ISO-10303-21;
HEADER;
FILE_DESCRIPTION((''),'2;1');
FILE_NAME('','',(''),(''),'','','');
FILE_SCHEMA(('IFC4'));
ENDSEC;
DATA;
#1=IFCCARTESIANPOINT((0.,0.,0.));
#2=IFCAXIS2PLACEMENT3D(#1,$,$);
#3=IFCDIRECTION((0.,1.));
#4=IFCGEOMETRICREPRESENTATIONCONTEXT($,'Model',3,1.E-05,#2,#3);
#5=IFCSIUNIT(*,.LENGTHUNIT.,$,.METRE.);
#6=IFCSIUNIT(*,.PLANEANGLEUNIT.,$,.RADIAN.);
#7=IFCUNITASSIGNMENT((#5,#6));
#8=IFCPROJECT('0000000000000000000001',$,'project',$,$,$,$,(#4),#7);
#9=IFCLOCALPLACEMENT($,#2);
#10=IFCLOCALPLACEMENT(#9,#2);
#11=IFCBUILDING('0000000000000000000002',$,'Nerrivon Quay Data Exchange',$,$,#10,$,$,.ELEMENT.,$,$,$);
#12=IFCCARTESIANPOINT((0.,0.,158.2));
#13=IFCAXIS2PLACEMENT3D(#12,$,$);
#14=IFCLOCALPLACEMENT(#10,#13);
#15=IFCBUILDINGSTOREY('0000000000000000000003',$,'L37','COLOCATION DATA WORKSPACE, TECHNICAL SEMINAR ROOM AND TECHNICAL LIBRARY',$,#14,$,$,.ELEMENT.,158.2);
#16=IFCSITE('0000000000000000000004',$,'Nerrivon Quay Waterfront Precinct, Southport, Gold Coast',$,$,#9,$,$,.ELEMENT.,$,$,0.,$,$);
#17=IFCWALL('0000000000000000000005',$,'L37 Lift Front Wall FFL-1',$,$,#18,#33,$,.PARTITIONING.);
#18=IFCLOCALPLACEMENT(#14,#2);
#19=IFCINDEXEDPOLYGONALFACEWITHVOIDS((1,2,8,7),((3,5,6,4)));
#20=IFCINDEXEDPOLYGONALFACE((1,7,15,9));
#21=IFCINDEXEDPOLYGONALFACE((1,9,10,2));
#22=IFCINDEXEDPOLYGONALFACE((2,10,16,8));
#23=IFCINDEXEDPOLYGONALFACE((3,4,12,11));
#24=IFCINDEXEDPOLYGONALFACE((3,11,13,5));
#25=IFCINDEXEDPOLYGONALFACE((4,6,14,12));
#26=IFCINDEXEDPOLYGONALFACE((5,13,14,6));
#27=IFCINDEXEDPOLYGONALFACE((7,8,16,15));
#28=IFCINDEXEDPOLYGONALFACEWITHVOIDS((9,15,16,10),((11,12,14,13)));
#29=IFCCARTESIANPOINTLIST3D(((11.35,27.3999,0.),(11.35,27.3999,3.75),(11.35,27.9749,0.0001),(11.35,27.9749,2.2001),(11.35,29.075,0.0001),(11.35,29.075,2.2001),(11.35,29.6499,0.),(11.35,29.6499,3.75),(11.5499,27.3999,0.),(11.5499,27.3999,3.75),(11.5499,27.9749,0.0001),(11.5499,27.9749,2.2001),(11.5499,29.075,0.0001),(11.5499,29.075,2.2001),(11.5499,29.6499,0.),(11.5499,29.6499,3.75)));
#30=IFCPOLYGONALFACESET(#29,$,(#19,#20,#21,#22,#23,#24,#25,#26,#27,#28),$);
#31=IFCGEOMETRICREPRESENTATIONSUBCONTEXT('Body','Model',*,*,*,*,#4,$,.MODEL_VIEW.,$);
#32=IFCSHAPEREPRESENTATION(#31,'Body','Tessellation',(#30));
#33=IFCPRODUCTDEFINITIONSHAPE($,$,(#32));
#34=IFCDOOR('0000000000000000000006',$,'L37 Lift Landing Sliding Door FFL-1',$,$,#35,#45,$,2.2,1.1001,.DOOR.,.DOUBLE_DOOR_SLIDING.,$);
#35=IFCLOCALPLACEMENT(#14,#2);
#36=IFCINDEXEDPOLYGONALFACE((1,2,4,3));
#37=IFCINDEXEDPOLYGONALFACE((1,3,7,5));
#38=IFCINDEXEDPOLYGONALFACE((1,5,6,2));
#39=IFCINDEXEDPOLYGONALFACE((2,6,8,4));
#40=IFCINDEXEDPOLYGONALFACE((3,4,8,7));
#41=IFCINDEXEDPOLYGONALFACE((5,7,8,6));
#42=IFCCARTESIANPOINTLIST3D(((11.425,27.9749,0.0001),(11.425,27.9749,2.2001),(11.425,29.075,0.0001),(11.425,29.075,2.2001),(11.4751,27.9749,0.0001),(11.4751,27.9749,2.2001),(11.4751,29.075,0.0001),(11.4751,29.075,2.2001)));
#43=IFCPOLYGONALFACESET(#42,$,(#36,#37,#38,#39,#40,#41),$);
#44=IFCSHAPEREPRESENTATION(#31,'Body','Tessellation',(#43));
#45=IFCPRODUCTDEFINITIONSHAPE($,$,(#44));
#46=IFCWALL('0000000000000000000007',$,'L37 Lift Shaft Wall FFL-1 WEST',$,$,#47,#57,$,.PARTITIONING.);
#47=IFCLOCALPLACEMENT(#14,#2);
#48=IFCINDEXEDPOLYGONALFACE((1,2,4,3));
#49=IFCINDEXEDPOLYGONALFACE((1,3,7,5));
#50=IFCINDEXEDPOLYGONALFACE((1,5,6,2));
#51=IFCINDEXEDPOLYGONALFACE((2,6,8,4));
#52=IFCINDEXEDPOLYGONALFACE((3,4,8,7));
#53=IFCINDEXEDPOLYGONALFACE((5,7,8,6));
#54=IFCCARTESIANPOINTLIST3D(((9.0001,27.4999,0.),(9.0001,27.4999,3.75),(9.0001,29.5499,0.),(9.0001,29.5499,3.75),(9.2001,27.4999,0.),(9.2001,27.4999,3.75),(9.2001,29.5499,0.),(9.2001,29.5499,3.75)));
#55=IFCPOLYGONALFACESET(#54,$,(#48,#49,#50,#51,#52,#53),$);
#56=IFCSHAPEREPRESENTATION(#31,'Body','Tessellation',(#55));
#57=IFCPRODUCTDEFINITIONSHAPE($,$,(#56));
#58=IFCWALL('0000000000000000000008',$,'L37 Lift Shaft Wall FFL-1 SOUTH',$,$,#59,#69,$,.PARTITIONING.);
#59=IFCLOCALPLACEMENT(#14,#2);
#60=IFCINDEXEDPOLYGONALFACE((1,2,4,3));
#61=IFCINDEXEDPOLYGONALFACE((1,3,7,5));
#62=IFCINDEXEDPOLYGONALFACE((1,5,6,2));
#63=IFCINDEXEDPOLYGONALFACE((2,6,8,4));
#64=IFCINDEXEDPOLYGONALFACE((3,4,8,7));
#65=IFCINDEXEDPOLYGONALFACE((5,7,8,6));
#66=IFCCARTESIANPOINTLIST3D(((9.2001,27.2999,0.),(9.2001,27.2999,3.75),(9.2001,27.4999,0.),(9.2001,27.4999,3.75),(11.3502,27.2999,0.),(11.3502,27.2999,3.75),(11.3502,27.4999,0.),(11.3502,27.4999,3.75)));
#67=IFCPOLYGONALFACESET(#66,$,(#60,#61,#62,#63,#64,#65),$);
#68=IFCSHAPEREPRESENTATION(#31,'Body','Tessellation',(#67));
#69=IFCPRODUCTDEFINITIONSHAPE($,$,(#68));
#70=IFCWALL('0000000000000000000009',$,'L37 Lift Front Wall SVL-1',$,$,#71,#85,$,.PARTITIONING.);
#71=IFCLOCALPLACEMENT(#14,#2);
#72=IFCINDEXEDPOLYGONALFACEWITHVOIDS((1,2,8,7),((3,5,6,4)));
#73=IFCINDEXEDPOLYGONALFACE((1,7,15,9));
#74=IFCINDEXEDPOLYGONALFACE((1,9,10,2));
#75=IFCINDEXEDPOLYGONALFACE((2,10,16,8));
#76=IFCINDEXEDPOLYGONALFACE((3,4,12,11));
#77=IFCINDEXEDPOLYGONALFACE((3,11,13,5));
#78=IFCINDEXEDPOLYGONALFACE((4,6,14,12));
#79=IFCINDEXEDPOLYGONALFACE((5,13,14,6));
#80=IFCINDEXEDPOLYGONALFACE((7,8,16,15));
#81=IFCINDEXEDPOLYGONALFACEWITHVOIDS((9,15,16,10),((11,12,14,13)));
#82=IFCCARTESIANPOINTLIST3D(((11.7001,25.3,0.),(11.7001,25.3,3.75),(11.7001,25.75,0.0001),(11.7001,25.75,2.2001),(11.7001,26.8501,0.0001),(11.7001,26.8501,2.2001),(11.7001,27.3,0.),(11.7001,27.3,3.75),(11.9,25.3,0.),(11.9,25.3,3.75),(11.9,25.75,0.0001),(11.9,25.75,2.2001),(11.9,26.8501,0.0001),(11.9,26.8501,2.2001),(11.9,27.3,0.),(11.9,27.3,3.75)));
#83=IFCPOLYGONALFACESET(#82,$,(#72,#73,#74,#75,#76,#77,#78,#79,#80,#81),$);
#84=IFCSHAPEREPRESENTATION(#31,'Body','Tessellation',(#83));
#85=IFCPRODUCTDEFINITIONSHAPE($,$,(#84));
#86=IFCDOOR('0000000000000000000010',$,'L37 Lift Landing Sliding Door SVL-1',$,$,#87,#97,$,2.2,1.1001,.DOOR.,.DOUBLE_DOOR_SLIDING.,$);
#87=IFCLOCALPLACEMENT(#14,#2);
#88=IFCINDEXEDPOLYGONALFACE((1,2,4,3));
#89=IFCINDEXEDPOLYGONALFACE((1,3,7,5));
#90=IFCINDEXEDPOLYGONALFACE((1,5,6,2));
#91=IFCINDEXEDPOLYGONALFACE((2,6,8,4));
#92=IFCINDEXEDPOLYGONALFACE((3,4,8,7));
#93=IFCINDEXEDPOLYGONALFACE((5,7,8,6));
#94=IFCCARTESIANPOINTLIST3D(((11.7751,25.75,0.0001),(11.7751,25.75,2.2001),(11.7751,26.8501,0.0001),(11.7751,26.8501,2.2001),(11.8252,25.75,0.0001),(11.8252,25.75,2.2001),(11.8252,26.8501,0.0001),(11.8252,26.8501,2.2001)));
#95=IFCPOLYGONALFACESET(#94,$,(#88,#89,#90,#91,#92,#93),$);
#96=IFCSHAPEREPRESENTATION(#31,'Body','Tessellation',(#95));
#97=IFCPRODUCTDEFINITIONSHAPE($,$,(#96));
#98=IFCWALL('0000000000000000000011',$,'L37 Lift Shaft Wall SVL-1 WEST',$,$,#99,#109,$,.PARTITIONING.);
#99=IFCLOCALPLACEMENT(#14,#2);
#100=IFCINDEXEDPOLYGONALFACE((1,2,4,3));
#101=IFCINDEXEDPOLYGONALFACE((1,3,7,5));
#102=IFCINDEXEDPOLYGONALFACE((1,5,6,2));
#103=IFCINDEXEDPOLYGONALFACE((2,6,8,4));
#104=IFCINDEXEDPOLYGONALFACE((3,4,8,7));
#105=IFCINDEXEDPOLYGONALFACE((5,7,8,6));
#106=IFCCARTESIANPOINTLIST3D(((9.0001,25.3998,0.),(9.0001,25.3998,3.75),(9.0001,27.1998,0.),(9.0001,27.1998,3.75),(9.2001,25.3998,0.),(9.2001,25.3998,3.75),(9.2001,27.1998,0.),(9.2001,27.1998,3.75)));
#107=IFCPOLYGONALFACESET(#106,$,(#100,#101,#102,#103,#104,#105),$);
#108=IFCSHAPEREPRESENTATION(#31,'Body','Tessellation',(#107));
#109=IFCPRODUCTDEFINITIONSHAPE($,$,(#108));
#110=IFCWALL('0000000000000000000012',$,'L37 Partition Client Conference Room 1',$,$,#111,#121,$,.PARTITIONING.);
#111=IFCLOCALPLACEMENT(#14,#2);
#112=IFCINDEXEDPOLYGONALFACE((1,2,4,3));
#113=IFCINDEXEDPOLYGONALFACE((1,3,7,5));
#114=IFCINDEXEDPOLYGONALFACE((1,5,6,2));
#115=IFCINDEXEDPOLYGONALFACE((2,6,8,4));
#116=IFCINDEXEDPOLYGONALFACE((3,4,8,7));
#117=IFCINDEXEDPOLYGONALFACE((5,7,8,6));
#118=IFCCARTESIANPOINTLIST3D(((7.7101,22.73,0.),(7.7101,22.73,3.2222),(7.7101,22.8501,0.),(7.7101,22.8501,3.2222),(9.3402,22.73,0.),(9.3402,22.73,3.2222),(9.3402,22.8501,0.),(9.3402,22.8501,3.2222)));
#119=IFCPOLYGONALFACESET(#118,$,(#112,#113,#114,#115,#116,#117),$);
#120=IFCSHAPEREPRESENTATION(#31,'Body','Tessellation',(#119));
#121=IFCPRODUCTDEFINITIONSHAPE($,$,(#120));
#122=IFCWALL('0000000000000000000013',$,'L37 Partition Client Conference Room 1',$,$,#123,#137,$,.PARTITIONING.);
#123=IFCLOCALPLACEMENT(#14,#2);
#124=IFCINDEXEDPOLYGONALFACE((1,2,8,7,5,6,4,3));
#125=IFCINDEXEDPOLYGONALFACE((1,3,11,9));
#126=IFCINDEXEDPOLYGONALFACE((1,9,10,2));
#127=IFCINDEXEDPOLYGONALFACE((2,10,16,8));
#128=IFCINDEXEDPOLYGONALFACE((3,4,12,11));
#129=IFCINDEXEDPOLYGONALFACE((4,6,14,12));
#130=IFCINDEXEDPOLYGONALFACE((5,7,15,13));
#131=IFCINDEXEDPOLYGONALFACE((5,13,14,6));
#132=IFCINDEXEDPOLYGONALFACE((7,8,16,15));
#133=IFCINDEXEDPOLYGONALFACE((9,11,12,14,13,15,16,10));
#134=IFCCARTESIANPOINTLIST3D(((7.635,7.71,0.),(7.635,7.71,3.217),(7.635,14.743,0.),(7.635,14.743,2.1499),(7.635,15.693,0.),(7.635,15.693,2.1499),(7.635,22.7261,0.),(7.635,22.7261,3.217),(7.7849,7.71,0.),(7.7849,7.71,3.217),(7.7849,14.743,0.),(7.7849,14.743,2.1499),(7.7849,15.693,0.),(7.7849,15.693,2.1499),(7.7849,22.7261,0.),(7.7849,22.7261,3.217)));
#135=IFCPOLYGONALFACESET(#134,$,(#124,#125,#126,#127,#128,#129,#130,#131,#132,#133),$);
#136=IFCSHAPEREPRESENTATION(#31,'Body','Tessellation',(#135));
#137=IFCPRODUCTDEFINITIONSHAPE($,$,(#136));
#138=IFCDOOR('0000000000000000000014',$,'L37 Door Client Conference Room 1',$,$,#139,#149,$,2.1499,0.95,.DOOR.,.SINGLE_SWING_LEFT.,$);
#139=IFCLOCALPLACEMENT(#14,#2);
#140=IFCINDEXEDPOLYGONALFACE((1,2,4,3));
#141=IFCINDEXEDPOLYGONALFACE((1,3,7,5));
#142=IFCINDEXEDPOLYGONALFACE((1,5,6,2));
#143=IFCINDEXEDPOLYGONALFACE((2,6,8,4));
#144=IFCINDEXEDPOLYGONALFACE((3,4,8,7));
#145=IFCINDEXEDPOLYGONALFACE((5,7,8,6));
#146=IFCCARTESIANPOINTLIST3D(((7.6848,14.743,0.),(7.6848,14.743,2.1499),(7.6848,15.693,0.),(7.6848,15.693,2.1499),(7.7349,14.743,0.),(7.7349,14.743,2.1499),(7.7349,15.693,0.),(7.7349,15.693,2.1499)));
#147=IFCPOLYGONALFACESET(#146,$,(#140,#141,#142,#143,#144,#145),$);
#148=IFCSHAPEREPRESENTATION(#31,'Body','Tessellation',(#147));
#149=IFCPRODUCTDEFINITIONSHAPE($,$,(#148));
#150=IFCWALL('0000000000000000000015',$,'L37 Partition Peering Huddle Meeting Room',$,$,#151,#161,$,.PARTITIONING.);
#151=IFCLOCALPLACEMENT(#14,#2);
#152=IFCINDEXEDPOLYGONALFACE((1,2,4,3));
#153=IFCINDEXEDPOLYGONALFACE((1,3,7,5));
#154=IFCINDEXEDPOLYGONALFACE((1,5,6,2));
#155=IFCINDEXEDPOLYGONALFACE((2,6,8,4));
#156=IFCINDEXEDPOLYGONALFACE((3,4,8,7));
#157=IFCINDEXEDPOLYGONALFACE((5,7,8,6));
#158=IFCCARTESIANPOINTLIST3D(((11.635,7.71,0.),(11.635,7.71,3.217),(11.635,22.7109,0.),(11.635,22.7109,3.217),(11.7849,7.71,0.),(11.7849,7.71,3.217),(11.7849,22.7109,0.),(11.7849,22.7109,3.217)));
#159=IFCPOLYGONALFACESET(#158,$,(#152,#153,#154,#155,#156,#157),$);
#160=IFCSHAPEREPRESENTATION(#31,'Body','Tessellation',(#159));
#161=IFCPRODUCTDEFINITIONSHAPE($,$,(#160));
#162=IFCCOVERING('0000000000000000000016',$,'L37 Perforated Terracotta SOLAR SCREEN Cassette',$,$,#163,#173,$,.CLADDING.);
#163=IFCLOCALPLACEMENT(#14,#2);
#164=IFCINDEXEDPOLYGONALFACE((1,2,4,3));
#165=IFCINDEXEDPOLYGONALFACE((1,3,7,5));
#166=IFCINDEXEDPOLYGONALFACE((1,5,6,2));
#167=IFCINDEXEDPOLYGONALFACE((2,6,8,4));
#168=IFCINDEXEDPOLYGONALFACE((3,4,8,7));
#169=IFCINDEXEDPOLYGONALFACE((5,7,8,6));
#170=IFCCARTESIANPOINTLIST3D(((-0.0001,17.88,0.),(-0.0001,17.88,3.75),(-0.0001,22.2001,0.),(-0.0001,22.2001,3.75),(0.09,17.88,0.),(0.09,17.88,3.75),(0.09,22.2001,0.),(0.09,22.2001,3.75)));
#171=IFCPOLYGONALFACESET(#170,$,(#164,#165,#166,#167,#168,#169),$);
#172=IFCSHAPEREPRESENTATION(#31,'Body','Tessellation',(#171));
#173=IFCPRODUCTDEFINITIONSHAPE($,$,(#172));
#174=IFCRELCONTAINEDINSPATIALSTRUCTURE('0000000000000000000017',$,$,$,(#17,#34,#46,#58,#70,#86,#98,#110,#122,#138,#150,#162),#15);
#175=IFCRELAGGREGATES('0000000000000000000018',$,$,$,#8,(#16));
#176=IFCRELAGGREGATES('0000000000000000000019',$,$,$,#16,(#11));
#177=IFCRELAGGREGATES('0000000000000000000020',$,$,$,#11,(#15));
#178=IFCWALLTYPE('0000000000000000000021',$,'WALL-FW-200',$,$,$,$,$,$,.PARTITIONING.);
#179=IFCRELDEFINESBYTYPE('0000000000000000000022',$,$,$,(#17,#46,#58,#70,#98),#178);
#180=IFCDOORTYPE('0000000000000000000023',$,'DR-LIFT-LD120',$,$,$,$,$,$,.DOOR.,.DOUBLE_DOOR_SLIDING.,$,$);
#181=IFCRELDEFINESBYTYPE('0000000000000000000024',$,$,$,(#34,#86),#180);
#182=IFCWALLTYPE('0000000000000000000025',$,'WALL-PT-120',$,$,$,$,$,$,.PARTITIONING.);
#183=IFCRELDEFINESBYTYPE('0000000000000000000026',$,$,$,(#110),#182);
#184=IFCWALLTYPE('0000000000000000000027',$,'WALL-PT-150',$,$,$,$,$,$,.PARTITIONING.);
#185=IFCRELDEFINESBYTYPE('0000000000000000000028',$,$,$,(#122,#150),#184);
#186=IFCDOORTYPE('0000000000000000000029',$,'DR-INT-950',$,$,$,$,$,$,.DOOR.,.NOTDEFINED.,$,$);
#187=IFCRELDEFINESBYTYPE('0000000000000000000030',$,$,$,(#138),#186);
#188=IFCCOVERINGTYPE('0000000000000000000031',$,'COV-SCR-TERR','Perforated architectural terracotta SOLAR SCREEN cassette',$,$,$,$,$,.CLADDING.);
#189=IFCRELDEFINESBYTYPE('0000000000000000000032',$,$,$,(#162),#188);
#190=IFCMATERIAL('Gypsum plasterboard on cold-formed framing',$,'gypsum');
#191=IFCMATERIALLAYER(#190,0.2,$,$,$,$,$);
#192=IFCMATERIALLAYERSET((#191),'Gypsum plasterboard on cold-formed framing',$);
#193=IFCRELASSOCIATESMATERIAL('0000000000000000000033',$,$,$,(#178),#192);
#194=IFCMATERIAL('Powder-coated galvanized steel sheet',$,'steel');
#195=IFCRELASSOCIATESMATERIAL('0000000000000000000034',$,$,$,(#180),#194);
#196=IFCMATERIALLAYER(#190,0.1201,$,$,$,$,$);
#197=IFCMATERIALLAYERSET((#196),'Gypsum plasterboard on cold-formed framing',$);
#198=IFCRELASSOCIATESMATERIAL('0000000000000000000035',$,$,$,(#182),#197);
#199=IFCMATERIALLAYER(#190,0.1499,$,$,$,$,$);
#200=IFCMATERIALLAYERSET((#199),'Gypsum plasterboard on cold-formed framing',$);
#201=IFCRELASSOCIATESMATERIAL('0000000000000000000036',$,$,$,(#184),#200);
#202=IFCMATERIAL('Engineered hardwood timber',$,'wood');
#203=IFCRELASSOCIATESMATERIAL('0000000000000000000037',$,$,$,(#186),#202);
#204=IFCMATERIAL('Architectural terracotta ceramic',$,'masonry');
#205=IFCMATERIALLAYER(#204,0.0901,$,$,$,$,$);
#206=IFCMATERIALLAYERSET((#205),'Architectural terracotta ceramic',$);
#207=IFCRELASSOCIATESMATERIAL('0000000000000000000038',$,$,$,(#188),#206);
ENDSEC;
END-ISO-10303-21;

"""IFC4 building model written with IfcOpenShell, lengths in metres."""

from ifc_helpers import new_model, si_unit, direction, frame, frame_2d, origin, origin_2d, place, context, subcontext, project, spatial, rectangle, extrude, material, layer, layer_set, type_object, element, fill, save


model = new_model("IFC4")

# Units and contexts
model_context = context("Model", 3, precision=1e-05, world=origin(), true_north=direction((0.0, 1.0)))
body_context = subcontext(model_context, "Body", "Model", "MODEL_VIEW")
ifc_project = project(units=[si_unit("LENGTHUNIT", "METRE"), si_unit("PLANEANGLEUNIT", "RADIAN")], contexts=[model_context])

# Site, building, storey
site_placement = place(None, origin())
site = spatial("IfcSite", under=ifc_project, at=site_placement, Name="Nerrivon Quay Waterfront Precinct, Southport, Gold Coast", CompositionType="ELEMENT", RefElevation=0.0)
building_placement = place(site_placement, origin())
building = spatial("IfcBuilding", under=site, at=building_placement, Name="Nerrivon Quay Data Exchange", CompositionType="ELEMENT")
storey_placement = place(building_placement, frame((0.0, 0.0, 158.2)))
storey = spatial("IfcBuildingStorey", under=building, at=storey_placement, Name="L37", Description="COLOCATION DATA WORKSPACE, TECHNICAL SEMINAR ROOM AND TECHNICAL LIBRARY", CompositionType="ELEMENT", Elevation=158.2)

# Wall, opening, door
ifc_material_1 = material(Name="Powder-coated galvanized steel sheet", Category="steel")
ifc_material_2 = material(Name="Gypsum plasterboard on cold-formed framing", Category="gypsum")
ifc_layer_1 = layer(ifc_material_2, 0.2)
ifc_layer_set_1 = layer_set([ifc_layer_1], Name="Gypsum plasterboard on cold-formed framing")
wall_type_1 = type_object("IfcWallType", Name="WALL-FW-200", PredefinedType="PARTITIONING", material=ifc_layer_set_1)
wall_1_placement = place(storey_placement, frame((11.45, 27.3999, 0.0), z_axis=(0.0, 0.0, 1.0), x_axis=(0.0, 1.0, 0.0)))
wall_1 = element("IfcWall", 1, at=wall_1_placement, inside=storey, type_object=wall_type_1, Name="L37 Lift Front Wall FFL-1", PredefinedType="PARTITIONING", context=body_context, shape_type="SweptSolid", body=[
    extrude(rectangle(XDim=2.25, YDim=0.2, at=frame_2d((1.125, 0.0))), origin(), (0.0, 0.0, 1.0), 3.75),
])
opening_1_placement = place(wall_1_placement, frame((0.575, 0.0, 0.0)))
opening_1 = element("IfcOpeningElement", 2, at=opening_1_placement, cuts=wall_1, PredefinedType="OPENING", context=body_context, shape_type="SweptSolid", body=[
    extrude(rectangle(XDim=1.1001, YDim=2.2, at=frame_2d((0.55, 1.1001))), frame((0.0, 0.1099, 0.0), z_axis=(0.0, -1.0, 0.0), x_axis=(1.0, 0.0, 0.0)), (0.0, 0.0, 1.0), 0.22),
])
door_type_1 = type_object("IfcDoorType", Name="DR-LIFT-LD120", OperationType="DOUBLE_DOOR_SLIDING", PredefinedType="DOOR", material=ifc_material_1)
door_1_placement = place(opening_1_placement, origin())
door_1 = element("IfcDoor", 3, at=door_1_placement, inside=storey, type_object=door_type_1, Name="L37 Lift Landing Sliding Door FFL-1", OperationType="DOUBLE_DOOR_SLIDING", OverallHeight=2.2, OverallWidth=1.1001, PredefinedType="DOOR", context=body_context, shape_type="SweptSolid", body=[
    extrude(rectangle(XDim=1.1001, YDim=2.2, at=frame_2d((0.55, 1.1001))), frame((0.0, 0.0249, 0.0), z_axis=(0.0, -1.0, 0.0), x_axis=(1.0, 0.0, 0.0)), (0.0, 0.0, 1.0), 0.05),
])
fill(opening_1, door_1)

# Walls
wall_2_placement = place(storey_placement, frame((9.1001, 27.5, 0.0), z_axis=(0.0, 0.0, 1.0), x_axis=(0.0, 1.0, 0.0)))
element("IfcWall", 4, at=wall_2_placement, inside=storey, type_object=wall_type_1, Name="L37 Lift Shaft Wall FFL-1 WEST", PredefinedType="PARTITIONING", context=body_context, shape_type="SweptSolid", body=[
    extrude(rectangle(XDim=2.05, YDim=0.2, at=frame_2d((1.0249, 0.0))), origin(), (0.0, 0.0, 1.0), 3.75),
])
wall_3_placement = place(storey_placement, frame((9.2, 27.3999, 0.0), z_axis=(0.0, 0.0, 1.0), x_axis=(1.0, 0.0, 0.0)))
element("IfcWall", 5, at=wall_3_placement, inside=storey, type_object=wall_type_1, Name="L37 Lift Shaft Wall FFL-1 SOUTH", PredefinedType="PARTITIONING", context=body_context, shape_type="SweptSolid", body=[
    extrude(rectangle(XDim=2.1501, YDim=0.2, at=frame_2d((1.0752, 0.0))), origin(), (0.0, 0.0, 1.0), 3.75),
])

# Wall, opening, door
wall_4_placement = place(storey_placement, frame((11.8, 25.3, 0.0), z_axis=(0.0, 0.0, 1.0), x_axis=(0.0, 1.0, 0.0)))
wall_4 = element("IfcWall", 6, at=wall_4_placement, inside=storey, type_object=wall_type_1, Name="L37 Lift Front Wall SVL-1", PredefinedType="PARTITIONING", context=body_context, shape_type="SweptSolid", body=[
    extrude(rectangle(XDim=2.0, YDim=0.2, at=frame_2d((1.0, 0.0))), origin(), (0.0, 0.0, 1.0), 3.75),
])
opening_2_placement = place(wall_4_placement, frame((0.45, 0.0, 0.0)))
opening_2 = element("IfcOpeningElement", 7, at=opening_2_placement, cuts=wall_4, PredefinedType="OPENING", context=body_context, shape_type="SweptSolid", body=[
    extrude(rectangle(XDim=1.1001, YDim=2.2, at=frame_2d((0.55, 1.1001))), frame((0.0, 0.1099, 0.0), z_axis=(0.0, -1.0, 0.0), x_axis=(1.0, 0.0, 0.0)), (0.0, 0.0, 1.0), 0.22),
])
door_2_placement = place(opening_2_placement, origin())
door_2 = element("IfcDoor", 8, at=door_2_placement, inside=storey, type_object=door_type_1, Name="L37 Lift Landing Sliding Door SVL-1", OperationType="DOUBLE_DOOR_SLIDING", OverallHeight=2.2, OverallWidth=1.1001, PredefinedType="DOOR", context=body_context, shape_type="SweptSolid", body=[
    extrude(rectangle(XDim=1.1001, YDim=2.2, at=frame_2d((0.55, 1.1001))), frame((0.0, 0.0249, 0.0), z_axis=(0.0, -1.0, 0.0), x_axis=(1.0, 0.0, 0.0)), (0.0, 0.0, 1.0), 0.05),
])
fill(opening_2, door_2)

# Walls
wall_5_placement = place(storey_placement, frame((9.1001, 25.3999, 0.0), z_axis=(0.0, 0.0, 1.0), x_axis=(0.0, 1.0, 0.0)))
element("IfcWall", 9, at=wall_5_placement, inside=storey, type_object=wall_type_1, Name="L37 Lift Shaft Wall SVL-1 WEST", PredefinedType="PARTITIONING", context=body_context, shape_type="SweptSolid", body=[
    extrude(rectangle(XDim=1.8, YDim=0.2, at=frame_2d((0.8999, 0.0))), origin(), (0.0, 0.0, 1.0), 3.75),
])
ifc_layer_2 = layer(ifc_material_2, 0.1201)
ifc_layer_set_2 = layer_set([ifc_layer_2], Name="Gypsum plasterboard on cold-formed framing")
wall_type_2 = type_object("IfcWallType", Name="WALL-PT-120", PredefinedType="PARTITIONING", material=ifc_layer_set_2)
wall_6_placement = place(storey_placement, frame((9.3401, 22.79, 0.0), z_axis=(0.0, 0.0, 1.0), x_axis=(-1.0, 0.0, 0.0)))
element("IfcWall", 10, at=wall_6_placement, inside=storey, type_object=wall_type_2, Name="L37 Partition Client Conference Room 1", PredefinedType="PARTITIONING", context=body_context, shape_type="SweptSolid", body=[
    extrude(rectangle(XDim=1.6301, YDim=0.1201, at=frame_2d((0.8149, 0.0))), origin(), (0.0, 0.0, 1.0), 3.2222),
])

# Wall, opening, door
ifc_layer_3 = layer(ifc_material_2, 0.1499)
ifc_layer_set_3 = layer_set([ifc_layer_3], Name="Gypsum plasterboard on cold-formed framing")
wall_type_3 = type_object("IfcWallType", Name="WALL-PT-150", PredefinedType="PARTITIONING", material=ifc_layer_set_3)
wall_7_placement = place(storey_placement, frame((7.71, 22.7261, 0.0), z_axis=(0.0, 0.0, 1.0), x_axis=(0.0, -1.0, 0.0)))
wall_7 = element("IfcWall", 11, at=wall_7_placement, inside=storey, type_object=wall_type_3, Name="L37 Partition Client Conference Room 1", PredefinedType="PARTITIONING", context=body_context, shape_type="SweptSolid", body=[
    extrude(rectangle(XDim=15.0161, YDim=0.1499, at=frame_2d((7.5081, 0.0))), origin(), (0.0, 0.0, 1.0), 3.217),
])
opening_3_placement = place(wall_7_placement, frame((7.033, 0.0, 0.0)))
opening_3 = element("IfcOpeningElement", 12, at=opening_3_placement, cuts=wall_7, PredefinedType="OPENING", context=body_context, shape_type="SweptSolid", body=[
    extrude(rectangle(XDim=0.95, YDim=2.1499, at=frame_2d((0.4751, 1.075))), frame((0.0, 0.085, 0.0), z_axis=(0.0, -1.0, 0.0), x_axis=(1.0, 0.0, 0.0)), (0.0, 0.0, 1.0), 0.1699),
])
ifc_material_3 = material(Name="Engineered hardwood timber", Category="wood")
door_type_2 = type_object("IfcDoorType", Name="DR-INT-950", OperationType="NOTDEFINED", PredefinedType="DOOR", material=ifc_material_3)
door_3_placement = place(opening_3_placement, origin())
door_3 = element("IfcDoor", 13, at=door_3_placement, inside=storey, type_object=door_type_2, Name="L37 Door Client Conference Room 1", OperationType="SINGLE_SWING_LEFT", OverallHeight=2.1499, OverallWidth=0.95, PredefinedType="DOOR", context=body_context, shape_type="SweptSolid", body=[
    extrude(rectangle(XDim=0.95, YDim=2.1499, at=frame_2d((0.4751, 1.075))), frame((0.0, 0.0249, 0.0), z_axis=(0.0, -1.0, 0.0), x_axis=(1.0, 0.0, 0.0)), (0.0, 0.0, 1.0), 0.05),
])
fill(opening_3, door_3)

# Wall
wall_8_placement = place(storey_placement, frame((11.71, 22.7109, 0.0), z_axis=(0.0, 0.0, 1.0), x_axis=(0.0, -1.0, 0.0)))
element("IfcWall", 14, at=wall_8_placement, inside=storey, type_object=wall_type_3, Name="L37 Partition Peering Huddle Meeting Room", PredefinedType="PARTITIONING", context=body_context, shape_type="SweptSolid", body=[
    extrude(rectangle(XDim=15.001, YDim=0.1499, at=frame_2d((7.5005, 0.0))), origin(), (0.0, 0.0, 1.0), 3.217),
])

# Covering
ifc_material_4 = material(Name="Architectural terracotta ceramic", Category="masonry")
ifc_layer_4 = layer(ifc_material_4, 0.0901)
ifc_layer_set_4 = layer_set([ifc_layer_4], Name="Architectural terracotta ceramic")
covering_type = type_object("IfcCoveringType", Name="COV-SCR-TERR", Description="Perforated architectural terracotta SOLAR SCREEN cassette", PredefinedType="CLADDING", material=ifc_layer_set_4)
covering_placement = place(storey_placement, frame((0.0449, 20.04, 0.0), z_axis=(0.0, 0.0, 1.0), x_axis=(0.0, 1.0, 0.0)))
element("IfcCovering", 15, at=covering_placement, inside=storey, type_object=covering_type, Name="L37 Perforated Terracotta SOLAR SCREEN Cassette", PredefinedType="CLADDING", context=body_context, shape_type="SweptSolid", body=[
    extrude(rectangle(XDim=4.3201, YDim=0.0901, at=origin_2d()), origin(), (0.0, 0.0, 1.0), 3.75),
])

save(model, "model.ifc")
